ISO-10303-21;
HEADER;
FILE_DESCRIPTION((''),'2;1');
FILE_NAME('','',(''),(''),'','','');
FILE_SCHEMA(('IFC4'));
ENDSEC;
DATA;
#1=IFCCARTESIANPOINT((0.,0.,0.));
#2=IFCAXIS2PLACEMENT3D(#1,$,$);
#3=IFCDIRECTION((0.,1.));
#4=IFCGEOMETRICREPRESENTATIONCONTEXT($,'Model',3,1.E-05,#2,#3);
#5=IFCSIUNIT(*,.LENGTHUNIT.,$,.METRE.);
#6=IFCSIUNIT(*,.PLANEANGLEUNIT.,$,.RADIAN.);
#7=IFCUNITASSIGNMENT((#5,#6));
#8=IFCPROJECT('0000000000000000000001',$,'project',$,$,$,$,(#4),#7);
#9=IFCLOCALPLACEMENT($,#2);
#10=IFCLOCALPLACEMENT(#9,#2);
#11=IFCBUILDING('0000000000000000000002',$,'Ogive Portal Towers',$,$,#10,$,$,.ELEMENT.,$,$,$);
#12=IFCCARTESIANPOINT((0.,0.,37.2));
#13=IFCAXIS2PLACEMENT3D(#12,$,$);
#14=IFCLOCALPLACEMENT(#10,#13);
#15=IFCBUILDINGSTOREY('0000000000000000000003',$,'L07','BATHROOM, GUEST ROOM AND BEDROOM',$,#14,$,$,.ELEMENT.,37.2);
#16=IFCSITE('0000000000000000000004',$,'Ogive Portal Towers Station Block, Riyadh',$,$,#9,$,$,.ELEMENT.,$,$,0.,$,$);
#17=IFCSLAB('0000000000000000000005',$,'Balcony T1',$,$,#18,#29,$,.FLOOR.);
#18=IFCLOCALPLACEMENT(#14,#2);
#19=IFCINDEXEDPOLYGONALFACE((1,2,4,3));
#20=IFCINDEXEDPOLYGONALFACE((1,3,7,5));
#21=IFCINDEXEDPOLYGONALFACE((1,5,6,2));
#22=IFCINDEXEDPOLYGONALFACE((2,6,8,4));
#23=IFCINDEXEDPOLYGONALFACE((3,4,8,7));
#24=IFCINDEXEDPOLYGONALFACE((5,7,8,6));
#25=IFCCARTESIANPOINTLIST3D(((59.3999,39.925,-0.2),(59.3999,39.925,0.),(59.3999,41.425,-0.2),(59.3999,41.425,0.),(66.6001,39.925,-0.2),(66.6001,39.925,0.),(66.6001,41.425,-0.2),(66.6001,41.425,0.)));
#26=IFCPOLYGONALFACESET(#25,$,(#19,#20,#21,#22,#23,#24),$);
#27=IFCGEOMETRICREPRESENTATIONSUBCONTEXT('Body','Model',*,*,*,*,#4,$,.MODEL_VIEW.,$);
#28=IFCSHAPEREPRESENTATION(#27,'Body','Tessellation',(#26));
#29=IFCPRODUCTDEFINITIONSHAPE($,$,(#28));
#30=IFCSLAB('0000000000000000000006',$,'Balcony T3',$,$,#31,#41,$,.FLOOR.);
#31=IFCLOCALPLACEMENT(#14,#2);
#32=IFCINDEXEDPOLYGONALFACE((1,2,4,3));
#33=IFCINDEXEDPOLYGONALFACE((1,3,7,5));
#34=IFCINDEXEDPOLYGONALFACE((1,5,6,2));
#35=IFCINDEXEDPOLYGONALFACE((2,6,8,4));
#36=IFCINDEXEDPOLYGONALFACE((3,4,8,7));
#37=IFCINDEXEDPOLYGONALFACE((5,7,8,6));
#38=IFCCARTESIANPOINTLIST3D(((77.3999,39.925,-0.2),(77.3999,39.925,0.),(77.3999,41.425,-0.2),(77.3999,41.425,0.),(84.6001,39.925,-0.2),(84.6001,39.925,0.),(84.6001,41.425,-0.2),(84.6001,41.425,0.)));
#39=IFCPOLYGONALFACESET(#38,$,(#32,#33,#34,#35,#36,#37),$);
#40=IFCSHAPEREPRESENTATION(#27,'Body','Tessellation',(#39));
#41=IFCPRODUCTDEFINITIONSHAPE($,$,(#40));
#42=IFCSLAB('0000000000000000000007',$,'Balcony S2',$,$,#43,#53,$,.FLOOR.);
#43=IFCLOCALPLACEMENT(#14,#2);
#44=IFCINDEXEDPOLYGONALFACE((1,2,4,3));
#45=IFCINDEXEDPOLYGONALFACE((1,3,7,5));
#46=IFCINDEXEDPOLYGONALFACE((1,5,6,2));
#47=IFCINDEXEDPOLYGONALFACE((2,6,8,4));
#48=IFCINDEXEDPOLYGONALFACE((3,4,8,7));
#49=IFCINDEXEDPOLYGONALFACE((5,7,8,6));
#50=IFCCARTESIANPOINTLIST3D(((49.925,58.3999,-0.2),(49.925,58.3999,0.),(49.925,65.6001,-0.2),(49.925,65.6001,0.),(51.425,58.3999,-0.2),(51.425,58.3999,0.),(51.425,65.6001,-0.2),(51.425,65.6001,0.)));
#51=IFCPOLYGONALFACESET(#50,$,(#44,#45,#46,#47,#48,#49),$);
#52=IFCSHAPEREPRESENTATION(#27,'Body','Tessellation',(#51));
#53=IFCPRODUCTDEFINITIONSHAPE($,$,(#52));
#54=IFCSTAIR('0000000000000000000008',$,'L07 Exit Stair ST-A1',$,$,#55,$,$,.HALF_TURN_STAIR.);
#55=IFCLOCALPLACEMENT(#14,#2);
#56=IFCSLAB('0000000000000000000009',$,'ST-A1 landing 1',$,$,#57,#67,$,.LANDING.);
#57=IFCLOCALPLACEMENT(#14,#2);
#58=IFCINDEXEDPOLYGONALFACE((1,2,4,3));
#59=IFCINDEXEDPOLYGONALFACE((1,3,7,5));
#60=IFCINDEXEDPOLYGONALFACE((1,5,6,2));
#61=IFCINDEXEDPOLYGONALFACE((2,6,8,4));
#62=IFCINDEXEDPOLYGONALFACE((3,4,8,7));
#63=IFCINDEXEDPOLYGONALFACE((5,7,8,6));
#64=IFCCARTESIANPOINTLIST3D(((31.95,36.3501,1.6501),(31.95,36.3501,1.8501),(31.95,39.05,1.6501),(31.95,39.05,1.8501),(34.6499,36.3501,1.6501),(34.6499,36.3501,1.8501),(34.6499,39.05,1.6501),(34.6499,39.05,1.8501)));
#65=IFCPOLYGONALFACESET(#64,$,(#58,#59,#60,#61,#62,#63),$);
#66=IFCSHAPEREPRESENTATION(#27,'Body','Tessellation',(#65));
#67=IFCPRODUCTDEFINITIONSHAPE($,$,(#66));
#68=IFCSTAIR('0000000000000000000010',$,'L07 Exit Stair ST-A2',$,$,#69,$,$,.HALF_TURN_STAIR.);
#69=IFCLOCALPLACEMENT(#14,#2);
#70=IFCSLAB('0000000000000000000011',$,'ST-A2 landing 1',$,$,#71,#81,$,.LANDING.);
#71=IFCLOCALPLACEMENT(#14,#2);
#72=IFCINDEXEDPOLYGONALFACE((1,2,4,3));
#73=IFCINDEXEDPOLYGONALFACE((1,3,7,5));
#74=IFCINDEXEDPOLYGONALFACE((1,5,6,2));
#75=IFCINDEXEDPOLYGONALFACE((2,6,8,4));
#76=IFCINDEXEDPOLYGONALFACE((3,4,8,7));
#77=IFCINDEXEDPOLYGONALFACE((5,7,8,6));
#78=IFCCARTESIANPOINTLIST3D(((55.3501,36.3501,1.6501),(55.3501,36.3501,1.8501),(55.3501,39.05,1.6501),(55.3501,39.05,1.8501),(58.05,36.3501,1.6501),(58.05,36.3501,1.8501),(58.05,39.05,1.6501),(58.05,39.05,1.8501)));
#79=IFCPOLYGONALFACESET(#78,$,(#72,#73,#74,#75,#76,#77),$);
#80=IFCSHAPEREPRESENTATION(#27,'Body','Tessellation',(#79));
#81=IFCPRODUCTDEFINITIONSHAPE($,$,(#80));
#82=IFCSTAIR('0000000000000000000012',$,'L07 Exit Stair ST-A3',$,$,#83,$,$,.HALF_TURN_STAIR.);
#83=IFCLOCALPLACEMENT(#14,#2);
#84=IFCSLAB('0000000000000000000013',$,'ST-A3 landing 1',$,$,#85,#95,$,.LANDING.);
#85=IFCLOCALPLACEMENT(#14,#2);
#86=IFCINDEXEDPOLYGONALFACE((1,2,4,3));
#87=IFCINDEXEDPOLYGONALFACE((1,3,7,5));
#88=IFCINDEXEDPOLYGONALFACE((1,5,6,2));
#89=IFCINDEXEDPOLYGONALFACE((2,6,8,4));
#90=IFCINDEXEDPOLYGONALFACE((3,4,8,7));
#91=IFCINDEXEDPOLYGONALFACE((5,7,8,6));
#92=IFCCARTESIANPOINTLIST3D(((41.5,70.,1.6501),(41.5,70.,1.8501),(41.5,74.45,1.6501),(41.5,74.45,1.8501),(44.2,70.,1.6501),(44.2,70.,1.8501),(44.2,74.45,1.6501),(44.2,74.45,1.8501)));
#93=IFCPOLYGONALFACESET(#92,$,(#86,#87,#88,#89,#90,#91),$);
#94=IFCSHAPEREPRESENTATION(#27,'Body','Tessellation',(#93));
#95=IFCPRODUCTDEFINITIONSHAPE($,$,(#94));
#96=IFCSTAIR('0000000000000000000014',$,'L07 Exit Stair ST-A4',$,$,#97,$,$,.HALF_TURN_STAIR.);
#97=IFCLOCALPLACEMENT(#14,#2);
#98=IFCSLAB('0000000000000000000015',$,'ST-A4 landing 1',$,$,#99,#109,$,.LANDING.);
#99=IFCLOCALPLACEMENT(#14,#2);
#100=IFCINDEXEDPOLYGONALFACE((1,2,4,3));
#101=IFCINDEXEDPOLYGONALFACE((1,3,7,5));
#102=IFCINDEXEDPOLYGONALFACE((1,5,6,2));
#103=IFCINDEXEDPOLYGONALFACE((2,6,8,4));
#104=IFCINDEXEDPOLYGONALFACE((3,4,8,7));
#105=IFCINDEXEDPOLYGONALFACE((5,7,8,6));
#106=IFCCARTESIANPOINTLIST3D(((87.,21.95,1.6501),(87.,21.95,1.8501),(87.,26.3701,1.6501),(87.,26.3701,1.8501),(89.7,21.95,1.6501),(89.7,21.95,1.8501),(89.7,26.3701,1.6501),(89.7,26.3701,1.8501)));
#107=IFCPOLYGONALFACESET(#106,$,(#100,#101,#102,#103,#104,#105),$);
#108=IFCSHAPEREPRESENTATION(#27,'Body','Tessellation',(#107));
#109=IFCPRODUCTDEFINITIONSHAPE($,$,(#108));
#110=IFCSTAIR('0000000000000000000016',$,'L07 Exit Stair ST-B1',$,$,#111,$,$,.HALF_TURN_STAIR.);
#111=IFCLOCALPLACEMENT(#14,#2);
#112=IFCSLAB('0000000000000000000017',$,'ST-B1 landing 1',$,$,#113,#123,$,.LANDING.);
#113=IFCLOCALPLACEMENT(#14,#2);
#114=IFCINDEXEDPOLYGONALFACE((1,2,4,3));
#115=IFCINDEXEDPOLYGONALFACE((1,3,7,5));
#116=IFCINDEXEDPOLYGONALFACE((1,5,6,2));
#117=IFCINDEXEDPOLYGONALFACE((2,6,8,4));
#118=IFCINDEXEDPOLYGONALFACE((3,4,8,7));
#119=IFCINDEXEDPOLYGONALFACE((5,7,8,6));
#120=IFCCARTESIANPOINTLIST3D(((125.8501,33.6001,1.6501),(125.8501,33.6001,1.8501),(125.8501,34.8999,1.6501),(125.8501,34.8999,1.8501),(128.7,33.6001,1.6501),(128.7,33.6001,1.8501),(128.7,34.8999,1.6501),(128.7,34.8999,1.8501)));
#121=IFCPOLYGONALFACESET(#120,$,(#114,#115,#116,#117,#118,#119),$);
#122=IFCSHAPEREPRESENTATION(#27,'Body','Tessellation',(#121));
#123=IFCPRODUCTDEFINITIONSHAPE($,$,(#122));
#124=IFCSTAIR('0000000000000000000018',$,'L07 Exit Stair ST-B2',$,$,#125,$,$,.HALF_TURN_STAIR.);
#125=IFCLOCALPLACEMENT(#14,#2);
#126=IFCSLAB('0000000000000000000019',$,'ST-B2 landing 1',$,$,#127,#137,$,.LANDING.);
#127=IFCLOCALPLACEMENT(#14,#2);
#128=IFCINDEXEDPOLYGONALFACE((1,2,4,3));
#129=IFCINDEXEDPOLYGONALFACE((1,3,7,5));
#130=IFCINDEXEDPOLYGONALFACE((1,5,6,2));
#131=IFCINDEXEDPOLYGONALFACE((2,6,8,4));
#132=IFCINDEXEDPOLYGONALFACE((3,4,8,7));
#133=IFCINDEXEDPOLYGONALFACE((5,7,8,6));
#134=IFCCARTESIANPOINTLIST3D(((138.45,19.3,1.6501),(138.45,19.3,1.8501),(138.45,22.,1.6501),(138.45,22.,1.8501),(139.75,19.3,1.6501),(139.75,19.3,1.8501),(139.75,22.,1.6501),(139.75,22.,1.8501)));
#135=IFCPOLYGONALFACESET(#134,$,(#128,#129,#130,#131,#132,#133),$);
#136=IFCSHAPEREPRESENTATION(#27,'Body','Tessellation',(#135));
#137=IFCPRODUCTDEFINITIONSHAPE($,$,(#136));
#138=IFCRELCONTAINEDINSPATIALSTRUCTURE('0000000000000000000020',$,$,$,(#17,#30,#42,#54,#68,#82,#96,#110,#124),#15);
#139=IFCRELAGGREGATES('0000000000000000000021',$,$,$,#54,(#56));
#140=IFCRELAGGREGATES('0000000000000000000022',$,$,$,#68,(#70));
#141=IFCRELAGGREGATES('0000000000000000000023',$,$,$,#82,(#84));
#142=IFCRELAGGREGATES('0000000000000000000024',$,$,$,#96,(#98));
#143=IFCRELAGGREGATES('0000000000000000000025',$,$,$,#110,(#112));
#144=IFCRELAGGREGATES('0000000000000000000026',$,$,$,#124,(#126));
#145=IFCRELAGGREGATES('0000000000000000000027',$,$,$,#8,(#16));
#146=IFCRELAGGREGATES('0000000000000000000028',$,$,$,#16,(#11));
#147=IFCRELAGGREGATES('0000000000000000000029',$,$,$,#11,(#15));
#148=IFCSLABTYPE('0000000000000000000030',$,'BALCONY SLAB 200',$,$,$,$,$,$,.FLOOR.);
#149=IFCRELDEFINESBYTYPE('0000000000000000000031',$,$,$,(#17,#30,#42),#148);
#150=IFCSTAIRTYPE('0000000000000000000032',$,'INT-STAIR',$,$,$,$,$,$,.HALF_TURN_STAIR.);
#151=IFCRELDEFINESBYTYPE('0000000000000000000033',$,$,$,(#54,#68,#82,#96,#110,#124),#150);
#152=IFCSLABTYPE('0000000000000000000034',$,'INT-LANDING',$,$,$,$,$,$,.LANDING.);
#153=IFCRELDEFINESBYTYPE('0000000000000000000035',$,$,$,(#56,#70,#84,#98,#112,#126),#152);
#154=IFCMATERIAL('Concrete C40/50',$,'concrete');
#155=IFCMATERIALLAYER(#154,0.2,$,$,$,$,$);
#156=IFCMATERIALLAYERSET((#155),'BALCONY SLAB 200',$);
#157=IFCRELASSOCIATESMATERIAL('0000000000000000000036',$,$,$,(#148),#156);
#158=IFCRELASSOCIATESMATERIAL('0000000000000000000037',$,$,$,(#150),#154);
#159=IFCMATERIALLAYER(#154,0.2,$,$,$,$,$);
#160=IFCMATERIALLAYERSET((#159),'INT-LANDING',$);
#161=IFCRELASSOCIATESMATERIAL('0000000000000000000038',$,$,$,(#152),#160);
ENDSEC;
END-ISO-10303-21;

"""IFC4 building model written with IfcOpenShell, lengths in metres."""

from ifc_helpers import new_model, si_unit, direction, frame, origin, place, context, subcontext, project, spatial, polyline, outline, extrude, material, layer, layer_set, type_object, element, aggregate, save


model = new_model("IFC4")

# Units and contexts
model_context = context("Model", 3, precision=1e-05, world=origin(), true_north=direction((0.0, 1.0)))
body_context = subcontext(model_context, "Body", "Model", "MODEL_VIEW")
ifc_project = project(units=[si_unit("LENGTHUNIT", "METRE"), si_unit("PLANEANGLEUNIT", "RADIAN")], contexts=[model_context])

# Site, building, storey
site_placement = place(None, origin())
site = spatial("IfcSite", under=ifc_project, at=site_placement, Name="Ogive Portal Towers Station Block, Riyadh", CompositionType="ELEMENT", RefElevation=0.0)
building_placement = place(site_placement, origin())
building = spatial("IfcBuilding", under=site, at=building_placement, Name="Ogive Portal Towers", CompositionType="ELEMENT")
storey_placement = place(building_placement, frame((0.0, 0.0, 37.2)))
storey = spatial("IfcBuildingStorey", under=building, at=storey_placement, Name="L07", Description="BATHROOM, GUEST ROOM AND BEDROOM", CompositionType="ELEMENT", Elevation=37.2)

# Slabs
ifc_material_1 = material(Name="Concrete C40/50", Category="concrete")
ifc_layer_1 = layer(ifc_material_1, 0.2)
ifc_layer_set_1 = layer_set([ifc_layer_1], Name="BALCONY SLAB 200")
slab_type_1 = type_object("IfcSlabType", Name="BALCONY SLAB 200", PredefinedType="FLOOR", material=ifc_layer_set_1)
slab_1_placement = place(storey_placement, frame((0.0, 0.0, -0.2)))
element("IfcSlab", 1, at=slab_1_placement, inside=storey, type_object=slab_type_1, Name="Balcony T1", PredefinedType="FLOOR", context=body_context, shape_type="SweptSolid", body=[
    extrude(outline(polyline([(59.3999, 39.925), (66.6001, 39.925), (66.6001, 41.425), (59.3999, 41.425), (59.3999, 39.925)])), origin(), (0.0, 0.0, 1.0), 0.2),
])
slab_2_placement = place(storey_placement, frame((0.0, 0.0, -0.2)))
element("IfcSlab", 2, at=slab_2_placement, inside=storey, type_object=slab_type_1, Name="Balcony T3", PredefinedType="FLOOR", context=body_context, shape_type="SweptSolid", body=[
    extrude(outline(polyline([(77.3999, 39.925), (84.6001, 39.925), (84.6001, 41.425), (77.3999, 41.425), (77.3999, 39.925)])), origin(), (0.0, 0.0, 1.0), 0.2),
])
slab_3_placement = place(storey_placement, frame((0.0, 0.0, -0.2)))
element("IfcSlab", 3, at=slab_3_placement, inside=storey, type_object=slab_type_1, Name="Balcony S2", PredefinedType="FLOOR", context=body_context, shape_type="SweptSolid", body=[
    extrude(outline(polyline([(49.925, 58.3999), (51.425, 58.3999), (51.425, 65.6001), (49.925, 65.6001), (49.925, 58.3999)])), origin(), (0.0, 0.0, 1.0), 0.2),
])

# Stairs, slabs
stair_type = type_object("IfcStairType", Name="INT-STAIR", PredefinedType="HALF_TURN_STAIR", material=ifc_material_1)
stair_1_placement = place(storey_placement, origin())
stair_1 = element("IfcStair", 4, at=stair_1_placement, inside=storey, type_object=stair_type, Name="L07 Exit Stair ST-A1", PredefinedType="HALF_TURN_STAIR")
ifc_layer_2 = layer(ifc_material_1, 0.2)
ifc_layer_set_2 = layer_set([ifc_layer_2], Name="INT-LANDING")
slab_type_2 = type_object("IfcSlabType", Name="INT-LANDING", PredefinedType="LANDING", material=ifc_layer_set_2)
slab_4_placement = place(storey_placement, frame((0.0, 0.0, 1.6501)))
slab_4 = element("IfcSlab", 5, at=slab_4_placement, type_object=slab_type_2, Name="ST-A1 landing 1", PredefinedType="LANDING", context=body_context, shape_type="SweptSolid", body=[
    extrude(outline(polyline([(34.6499, 39.05), (31.95, 39.05), (31.95, 36.3501), (34.6499, 36.3501), (34.6499, 39.05)])), origin(), (0.0, 0.0, 1.0), 0.2),
])
aggregate(stair_1, [slab_4])
stair_2_placement = place(storey_placement, origin())
stair_2 = element("IfcStair", 6, at=stair_2_placement, inside=storey, type_object=stair_type, Name="L07 Exit Stair ST-A2", PredefinedType="HALF_TURN_STAIR")
slab_5_placement = place(storey_placement, frame((0.0, 0.0, 1.6501)))
slab_5 = element("IfcSlab", 7, at=slab_5_placement, type_object=slab_type_2, Name="ST-A2 landing 1", PredefinedType="LANDING", context=body_context, shape_type="SweptSolid", body=[
    extrude(outline(polyline([(55.3501, 36.3501), (58.05, 36.3501), (58.05, 39.05), (55.3501, 39.05), (55.3501, 36.3501)])), origin(), (0.0, 0.0, 1.0), 0.2),
])
aggregate(stair_2, [slab_5])
stair_3_placement = place(storey_placement, origin())
stair_3 = element("IfcStair", 8, at=stair_3_placement, inside=storey, type_object=stair_type, Name="L07 Exit Stair ST-A3", PredefinedType="HALF_TURN_STAIR")
slab_6_placement = place(storey_placement, frame((0.0, 0.0, 1.6501)))
slab_6 = element("IfcSlab", 9, at=slab_6_placement, type_object=slab_type_2, Name="ST-A3 landing 1", PredefinedType="LANDING", context=body_context, shape_type="SweptSolid", body=[
    extrude(outline(polyline([(44.2, 70.0), (44.2, 74.45), (41.5, 74.45), (41.5, 70.0), (44.2, 70.0)])), origin(), (0.0, 0.0, 1.0), 0.2),
])
aggregate(stair_3, [slab_6])
stair_4_placement = place(storey_placement, origin())
stair_4 = element("IfcStair", 10, at=stair_4_placement, inside=storey, type_object=stair_type, Name="L07 Exit Stair ST-A4", PredefinedType="HALF_TURN_STAIR")
slab_7_placement = place(storey_placement, frame((0.0, 0.0, 1.6501)))
slab_7 = element("IfcSlab", 11, at=slab_7_placement, type_object=slab_type_2, Name="ST-A4 landing 1", PredefinedType="LANDING", context=body_context, shape_type="SweptSolid", body=[
    extrude(outline(polyline([(87.0, 26.3701), (87.0, 21.95), (89.7, 21.95), (89.7, 26.3701), (87.0, 26.3701)])), origin(), (0.0, 0.0, 1.0), 0.2),
])
aggregate(stair_4, [slab_7])
stair_5_placement = place(storey_placement, origin())
stair_5 = element("IfcStair", 12, at=stair_5_placement, inside=storey, type_object=stair_type, Name="L07 Exit Stair ST-B1", PredefinedType="HALF_TURN_STAIR")
slab_8_placement = place(storey_placement, frame((0.0, 0.0, 1.6501)))
slab_8 = element("IfcSlab", 13, at=slab_8_placement, type_object=slab_type_2, Name="ST-B1 landing 1", PredefinedType="LANDING", context=body_context, shape_type="SweptSolid", body=[
    extrude(outline(polyline([(128.7, 33.6001), (128.7, 34.8999), (125.8501, 34.8999), (125.8501, 33.6001), (128.7, 33.6001)])), origin(), (0.0, 0.0, 1.0), 0.2),
])
aggregate(stair_5, [slab_8])
stair_6_placement = place(storey_placement, origin())
stair_6 = element("IfcStair", 14, at=stair_6_placement, inside=storey, type_object=stair_type, Name="L07 Exit Stair ST-B2", PredefinedType="HALF_TURN_STAIR")
slab_9_placement = place(storey_placement, frame((0.0, 0.0, 1.6501)))
slab_9 = element("IfcSlab", 15, at=slab_9_placement, type_object=slab_type_2, Name="ST-B2 landing 1", PredefinedType="LANDING", context=body_context, shape_type="SweptSolid", body=[
    extrude(outline(polyline([(139.75, 22.0), (138.45, 22.0), (138.45, 19.3), (139.75, 19.3), (139.75, 22.0)])), origin(), (0.0, 0.0, 1.0), 0.2),
])
aggregate(stair_6, [slab_9])

save(model, "model.ifc")
